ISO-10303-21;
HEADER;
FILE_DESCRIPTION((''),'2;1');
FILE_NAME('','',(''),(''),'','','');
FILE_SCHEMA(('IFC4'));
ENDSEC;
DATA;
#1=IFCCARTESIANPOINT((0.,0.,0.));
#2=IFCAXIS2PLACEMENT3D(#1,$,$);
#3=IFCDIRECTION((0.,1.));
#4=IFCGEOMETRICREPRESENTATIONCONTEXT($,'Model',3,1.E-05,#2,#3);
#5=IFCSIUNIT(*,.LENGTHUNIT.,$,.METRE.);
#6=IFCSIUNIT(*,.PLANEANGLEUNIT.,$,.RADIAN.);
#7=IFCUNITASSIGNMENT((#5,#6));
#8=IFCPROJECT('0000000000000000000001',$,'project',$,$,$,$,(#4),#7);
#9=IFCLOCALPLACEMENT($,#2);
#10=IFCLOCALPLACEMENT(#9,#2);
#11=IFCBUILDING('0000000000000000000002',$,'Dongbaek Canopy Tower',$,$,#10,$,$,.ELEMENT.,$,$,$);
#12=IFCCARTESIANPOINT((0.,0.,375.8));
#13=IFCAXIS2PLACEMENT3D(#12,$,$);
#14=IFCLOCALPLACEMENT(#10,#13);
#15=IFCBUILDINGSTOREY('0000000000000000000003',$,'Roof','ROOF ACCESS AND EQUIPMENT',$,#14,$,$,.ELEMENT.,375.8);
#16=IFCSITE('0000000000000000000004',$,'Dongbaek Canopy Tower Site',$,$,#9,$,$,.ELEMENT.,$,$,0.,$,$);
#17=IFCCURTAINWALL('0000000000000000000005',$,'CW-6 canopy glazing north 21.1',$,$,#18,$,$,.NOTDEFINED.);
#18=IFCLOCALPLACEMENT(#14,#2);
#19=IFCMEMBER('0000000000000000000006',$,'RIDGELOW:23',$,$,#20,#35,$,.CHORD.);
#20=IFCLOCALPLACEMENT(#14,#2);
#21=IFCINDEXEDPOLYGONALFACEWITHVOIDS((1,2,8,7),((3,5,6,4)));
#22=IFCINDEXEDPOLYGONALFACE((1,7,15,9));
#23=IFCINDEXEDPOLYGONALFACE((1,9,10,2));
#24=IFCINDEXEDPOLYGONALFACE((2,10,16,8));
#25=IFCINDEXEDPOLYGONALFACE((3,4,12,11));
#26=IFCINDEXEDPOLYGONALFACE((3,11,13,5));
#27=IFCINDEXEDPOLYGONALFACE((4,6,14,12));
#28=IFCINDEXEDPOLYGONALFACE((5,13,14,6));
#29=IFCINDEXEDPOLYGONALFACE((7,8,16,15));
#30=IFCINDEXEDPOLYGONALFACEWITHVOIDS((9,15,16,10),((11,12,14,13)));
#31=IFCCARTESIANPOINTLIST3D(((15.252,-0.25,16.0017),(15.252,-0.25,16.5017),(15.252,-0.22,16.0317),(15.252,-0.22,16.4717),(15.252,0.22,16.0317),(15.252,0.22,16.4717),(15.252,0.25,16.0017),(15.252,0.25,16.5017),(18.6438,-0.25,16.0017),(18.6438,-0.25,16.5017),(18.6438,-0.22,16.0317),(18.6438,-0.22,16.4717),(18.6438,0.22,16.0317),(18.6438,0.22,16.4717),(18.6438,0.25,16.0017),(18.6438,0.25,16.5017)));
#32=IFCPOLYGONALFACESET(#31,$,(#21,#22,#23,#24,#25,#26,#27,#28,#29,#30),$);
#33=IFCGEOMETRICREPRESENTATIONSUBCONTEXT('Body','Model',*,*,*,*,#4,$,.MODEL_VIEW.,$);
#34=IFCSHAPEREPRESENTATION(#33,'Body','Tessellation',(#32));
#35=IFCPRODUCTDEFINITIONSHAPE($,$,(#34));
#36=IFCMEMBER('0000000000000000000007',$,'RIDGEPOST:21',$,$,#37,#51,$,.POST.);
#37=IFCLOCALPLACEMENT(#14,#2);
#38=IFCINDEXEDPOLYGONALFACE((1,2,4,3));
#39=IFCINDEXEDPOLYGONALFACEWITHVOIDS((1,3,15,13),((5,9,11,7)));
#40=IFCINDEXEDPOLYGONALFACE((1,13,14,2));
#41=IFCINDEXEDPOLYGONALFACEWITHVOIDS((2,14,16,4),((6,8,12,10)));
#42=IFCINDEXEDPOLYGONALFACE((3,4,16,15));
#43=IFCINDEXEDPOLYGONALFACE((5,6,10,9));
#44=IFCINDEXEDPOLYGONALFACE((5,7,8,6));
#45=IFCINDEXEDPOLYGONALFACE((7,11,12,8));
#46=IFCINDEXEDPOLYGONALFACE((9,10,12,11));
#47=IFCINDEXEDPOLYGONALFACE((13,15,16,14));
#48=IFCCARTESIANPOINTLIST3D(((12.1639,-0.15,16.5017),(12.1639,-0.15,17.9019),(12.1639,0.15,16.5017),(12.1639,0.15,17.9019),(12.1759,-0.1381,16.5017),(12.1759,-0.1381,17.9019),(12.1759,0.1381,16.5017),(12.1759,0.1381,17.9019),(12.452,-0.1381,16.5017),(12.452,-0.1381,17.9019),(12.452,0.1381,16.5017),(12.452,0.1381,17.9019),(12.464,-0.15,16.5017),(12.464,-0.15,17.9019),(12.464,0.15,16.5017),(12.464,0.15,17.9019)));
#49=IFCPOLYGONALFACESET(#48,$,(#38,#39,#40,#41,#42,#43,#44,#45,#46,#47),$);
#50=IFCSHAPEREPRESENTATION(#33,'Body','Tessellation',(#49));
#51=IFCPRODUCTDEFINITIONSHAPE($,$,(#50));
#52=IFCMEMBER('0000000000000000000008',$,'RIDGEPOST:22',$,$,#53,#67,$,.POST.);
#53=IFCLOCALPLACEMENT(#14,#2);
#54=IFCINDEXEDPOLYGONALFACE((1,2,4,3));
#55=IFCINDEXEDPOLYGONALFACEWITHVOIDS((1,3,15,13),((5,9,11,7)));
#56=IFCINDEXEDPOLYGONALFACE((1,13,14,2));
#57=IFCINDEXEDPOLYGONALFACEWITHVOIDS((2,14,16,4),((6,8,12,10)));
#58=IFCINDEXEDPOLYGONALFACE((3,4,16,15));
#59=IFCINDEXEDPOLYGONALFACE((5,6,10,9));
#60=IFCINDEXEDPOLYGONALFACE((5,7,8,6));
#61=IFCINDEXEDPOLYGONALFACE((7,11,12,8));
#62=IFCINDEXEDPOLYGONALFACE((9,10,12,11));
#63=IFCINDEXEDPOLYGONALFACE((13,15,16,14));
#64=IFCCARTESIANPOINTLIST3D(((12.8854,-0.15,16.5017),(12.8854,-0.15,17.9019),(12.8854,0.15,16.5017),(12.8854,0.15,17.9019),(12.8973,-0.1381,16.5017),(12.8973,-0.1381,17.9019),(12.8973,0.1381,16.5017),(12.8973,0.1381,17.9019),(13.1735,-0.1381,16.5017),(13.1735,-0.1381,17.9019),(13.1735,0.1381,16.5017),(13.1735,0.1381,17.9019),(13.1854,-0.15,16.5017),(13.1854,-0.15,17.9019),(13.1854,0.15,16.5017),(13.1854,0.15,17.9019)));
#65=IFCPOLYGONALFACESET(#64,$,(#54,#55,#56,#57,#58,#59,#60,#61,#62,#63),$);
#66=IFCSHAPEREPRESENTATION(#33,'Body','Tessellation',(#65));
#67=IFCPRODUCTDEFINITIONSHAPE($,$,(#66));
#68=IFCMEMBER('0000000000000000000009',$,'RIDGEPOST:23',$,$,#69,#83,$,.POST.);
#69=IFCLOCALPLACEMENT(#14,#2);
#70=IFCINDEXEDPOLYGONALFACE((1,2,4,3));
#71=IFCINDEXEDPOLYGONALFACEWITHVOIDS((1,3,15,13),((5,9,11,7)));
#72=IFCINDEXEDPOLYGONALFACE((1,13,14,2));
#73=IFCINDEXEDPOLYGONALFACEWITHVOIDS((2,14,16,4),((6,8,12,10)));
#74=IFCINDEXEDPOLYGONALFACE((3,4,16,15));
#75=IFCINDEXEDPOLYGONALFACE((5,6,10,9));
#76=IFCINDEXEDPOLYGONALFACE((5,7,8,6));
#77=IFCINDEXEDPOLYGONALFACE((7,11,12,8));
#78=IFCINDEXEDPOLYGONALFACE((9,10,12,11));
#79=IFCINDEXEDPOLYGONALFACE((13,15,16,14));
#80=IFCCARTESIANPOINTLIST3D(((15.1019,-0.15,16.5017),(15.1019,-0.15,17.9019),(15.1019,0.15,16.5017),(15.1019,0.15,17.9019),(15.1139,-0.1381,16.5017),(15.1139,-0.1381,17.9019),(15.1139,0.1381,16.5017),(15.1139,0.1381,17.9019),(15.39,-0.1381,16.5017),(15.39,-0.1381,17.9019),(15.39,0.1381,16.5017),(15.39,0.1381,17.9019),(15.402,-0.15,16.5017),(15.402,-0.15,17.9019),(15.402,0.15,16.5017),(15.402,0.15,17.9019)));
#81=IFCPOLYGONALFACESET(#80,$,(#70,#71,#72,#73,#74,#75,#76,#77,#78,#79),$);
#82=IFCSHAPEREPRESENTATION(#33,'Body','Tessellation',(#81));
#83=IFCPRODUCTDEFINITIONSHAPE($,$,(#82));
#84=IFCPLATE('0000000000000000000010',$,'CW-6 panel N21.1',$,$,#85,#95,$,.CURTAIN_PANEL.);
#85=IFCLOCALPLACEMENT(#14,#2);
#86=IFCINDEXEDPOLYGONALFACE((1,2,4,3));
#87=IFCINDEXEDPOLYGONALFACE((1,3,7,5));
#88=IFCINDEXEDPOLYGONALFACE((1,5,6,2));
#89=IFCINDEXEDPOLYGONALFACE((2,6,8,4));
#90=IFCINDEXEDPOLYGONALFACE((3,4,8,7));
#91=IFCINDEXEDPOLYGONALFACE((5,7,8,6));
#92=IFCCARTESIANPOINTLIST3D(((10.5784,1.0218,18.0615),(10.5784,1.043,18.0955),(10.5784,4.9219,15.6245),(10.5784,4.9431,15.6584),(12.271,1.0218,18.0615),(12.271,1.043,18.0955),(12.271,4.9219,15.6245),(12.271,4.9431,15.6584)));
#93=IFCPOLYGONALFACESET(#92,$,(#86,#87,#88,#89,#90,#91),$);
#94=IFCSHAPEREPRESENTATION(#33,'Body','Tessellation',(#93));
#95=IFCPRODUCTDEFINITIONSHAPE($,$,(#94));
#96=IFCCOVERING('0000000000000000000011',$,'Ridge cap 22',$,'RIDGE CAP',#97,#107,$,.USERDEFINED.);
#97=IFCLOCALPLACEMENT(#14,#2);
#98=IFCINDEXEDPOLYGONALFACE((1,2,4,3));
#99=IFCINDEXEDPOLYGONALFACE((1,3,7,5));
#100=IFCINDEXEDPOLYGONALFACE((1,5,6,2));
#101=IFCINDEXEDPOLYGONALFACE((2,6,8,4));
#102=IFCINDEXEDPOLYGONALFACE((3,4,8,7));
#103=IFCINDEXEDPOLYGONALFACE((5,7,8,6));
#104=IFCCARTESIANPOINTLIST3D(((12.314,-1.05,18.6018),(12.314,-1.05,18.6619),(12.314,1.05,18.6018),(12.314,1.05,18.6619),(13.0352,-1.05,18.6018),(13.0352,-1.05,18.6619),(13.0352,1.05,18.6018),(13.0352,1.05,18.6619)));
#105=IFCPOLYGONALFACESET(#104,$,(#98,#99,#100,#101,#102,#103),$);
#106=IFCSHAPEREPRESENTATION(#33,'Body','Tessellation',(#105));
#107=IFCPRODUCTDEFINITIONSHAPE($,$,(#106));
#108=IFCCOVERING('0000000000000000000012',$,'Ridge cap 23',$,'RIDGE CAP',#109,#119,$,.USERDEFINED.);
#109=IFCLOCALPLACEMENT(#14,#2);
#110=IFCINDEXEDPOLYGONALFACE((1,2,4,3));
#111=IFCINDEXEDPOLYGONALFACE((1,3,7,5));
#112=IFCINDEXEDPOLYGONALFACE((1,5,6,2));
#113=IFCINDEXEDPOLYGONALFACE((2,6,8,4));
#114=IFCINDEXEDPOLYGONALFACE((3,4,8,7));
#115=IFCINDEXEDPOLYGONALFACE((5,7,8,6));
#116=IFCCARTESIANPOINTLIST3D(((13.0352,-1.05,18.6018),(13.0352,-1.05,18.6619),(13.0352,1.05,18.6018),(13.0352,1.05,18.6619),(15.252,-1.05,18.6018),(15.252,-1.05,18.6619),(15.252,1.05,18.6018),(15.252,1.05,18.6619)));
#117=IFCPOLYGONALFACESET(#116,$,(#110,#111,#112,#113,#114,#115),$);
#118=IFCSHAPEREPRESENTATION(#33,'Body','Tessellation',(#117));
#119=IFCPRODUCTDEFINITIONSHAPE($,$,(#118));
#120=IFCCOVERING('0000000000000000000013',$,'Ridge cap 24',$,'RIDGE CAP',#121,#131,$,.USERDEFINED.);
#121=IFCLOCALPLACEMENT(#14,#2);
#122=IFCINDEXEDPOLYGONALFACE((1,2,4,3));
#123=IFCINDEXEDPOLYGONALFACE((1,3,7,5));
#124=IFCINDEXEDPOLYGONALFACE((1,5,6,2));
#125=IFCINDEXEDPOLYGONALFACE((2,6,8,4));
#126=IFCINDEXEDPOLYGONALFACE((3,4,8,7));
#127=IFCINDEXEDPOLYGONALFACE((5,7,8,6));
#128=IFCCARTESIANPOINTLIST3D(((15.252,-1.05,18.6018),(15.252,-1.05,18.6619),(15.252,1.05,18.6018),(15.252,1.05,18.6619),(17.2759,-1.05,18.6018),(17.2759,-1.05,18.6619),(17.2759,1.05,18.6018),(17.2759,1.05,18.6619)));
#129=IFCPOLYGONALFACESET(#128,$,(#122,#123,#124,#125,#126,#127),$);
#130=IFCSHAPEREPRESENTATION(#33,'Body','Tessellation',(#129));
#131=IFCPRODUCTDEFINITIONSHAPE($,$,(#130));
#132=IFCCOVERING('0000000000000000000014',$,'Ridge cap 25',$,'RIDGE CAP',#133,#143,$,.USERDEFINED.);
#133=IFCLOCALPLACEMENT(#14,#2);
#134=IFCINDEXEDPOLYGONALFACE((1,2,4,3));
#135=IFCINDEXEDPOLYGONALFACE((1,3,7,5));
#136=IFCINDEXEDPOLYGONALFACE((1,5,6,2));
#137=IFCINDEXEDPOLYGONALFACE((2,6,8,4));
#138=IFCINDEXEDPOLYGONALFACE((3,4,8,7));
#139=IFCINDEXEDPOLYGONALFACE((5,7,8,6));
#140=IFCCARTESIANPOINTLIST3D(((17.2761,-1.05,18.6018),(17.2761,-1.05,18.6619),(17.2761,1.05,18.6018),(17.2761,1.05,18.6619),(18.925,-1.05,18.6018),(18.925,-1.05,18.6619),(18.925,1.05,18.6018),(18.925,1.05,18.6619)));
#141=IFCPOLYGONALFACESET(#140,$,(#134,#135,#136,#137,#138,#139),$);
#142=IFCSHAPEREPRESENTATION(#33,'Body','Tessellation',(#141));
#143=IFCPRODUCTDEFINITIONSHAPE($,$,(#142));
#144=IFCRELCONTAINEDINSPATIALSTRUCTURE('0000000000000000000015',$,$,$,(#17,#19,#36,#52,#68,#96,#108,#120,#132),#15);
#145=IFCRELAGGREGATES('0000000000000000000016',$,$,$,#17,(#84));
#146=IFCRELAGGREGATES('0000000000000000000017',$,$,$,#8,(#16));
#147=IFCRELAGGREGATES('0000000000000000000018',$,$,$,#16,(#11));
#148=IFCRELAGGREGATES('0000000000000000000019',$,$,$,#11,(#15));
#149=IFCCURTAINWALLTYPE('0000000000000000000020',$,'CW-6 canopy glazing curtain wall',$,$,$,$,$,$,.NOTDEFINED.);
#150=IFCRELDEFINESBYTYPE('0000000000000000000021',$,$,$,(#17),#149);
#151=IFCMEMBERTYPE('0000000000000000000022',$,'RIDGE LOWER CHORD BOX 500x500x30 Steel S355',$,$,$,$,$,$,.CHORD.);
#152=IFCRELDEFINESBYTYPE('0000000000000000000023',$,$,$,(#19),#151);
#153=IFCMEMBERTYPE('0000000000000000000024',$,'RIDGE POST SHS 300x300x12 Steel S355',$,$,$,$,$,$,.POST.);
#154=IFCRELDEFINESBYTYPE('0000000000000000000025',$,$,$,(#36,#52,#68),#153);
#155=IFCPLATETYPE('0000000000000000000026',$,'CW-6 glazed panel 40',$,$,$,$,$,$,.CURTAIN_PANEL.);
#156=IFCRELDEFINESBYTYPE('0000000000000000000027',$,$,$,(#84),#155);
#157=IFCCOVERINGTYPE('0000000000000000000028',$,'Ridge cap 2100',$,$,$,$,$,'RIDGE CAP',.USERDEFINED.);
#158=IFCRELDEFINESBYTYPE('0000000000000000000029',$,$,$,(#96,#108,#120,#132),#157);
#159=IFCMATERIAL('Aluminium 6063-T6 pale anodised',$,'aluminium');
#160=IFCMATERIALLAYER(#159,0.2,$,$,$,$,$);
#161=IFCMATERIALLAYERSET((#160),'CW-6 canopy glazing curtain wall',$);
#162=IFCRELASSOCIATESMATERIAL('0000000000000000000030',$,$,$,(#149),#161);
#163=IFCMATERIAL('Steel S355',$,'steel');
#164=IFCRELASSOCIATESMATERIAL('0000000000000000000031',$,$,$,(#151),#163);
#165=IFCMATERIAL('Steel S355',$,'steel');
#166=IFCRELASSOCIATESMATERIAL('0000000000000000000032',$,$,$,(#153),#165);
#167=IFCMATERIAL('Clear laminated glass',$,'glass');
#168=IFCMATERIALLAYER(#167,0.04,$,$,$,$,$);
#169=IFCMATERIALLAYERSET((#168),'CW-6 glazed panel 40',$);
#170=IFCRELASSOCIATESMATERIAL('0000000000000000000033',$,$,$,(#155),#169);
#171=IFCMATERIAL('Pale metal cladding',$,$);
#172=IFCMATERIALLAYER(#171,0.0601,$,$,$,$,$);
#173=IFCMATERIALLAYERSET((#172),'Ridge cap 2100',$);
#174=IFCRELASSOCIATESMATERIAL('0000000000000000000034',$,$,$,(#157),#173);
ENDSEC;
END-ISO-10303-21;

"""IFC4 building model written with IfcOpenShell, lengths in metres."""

from ifc_helpers import new_model, si_unit, direction, frame, origin, origin_2d, place, context, subcontext, project, spatial, polyline, rectangle, hollow_rectangle, outline, extrude, material, layer, layer_set, material_profile, profile_set, type_object, element, aggregate, save


model = new_model("IFC4")

# Units and contexts
model_context = context("Model", 3, precision=1e-05, world=origin(), true_north=direction((0.0, 1.0)))
body_context = subcontext(model_context, "Body", "Model", "MODEL_VIEW")
ifc_project = project(units=[si_unit("LENGTHUNIT", "METRE"), si_unit("PLANEANGLEUNIT", "RADIAN")], contexts=[model_context])

# Site, building, storey
site_placement = place(None, origin())
site = spatial("IfcSite", under=ifc_project, at=site_placement, Name="Dongbaek Canopy Tower Site", CompositionType="ELEMENT", RefElevation=0.0)
building_placement = place(site_placement, origin())
building = spatial("IfcBuilding", under=site, at=building_placement, Name="Dongbaek Canopy Tower", CompositionType="ELEMENT")
storey_placement = place(building_placement, frame((0.0, 0.0, 375.8)))
storey = spatial("IfcBuildingStorey", under=building, at=storey_placement, Name="Roof", Description="ROOF ACCESS AND EQUIPMENT", CompositionType="ELEMENT", Elevation=375.8)

# Curtain wall
ifc_material_1 = material(Name="Aluminium 6063-T6 pale anodised", Category="aluminium")
ifc_layer_1 = layer(ifc_material_1, 0.2)
ifc_layer_set_1 = layer_set([ifc_layer_1], Name="CW-6 canopy glazing curtain wall")
curtain_wall_type = type_object("IfcCurtainWallType", Name="CW-6 canopy glazing curtain wall", PredefinedType="NOTDEFINED", material=ifc_layer_set_1)
curtain_wall_1_placement = place(storey_placement, origin())
curtain_wall_1 = element("IfcCurtainWall", 1, at=curtain_wall_1_placement, inside=storey, type_object=curtain_wall_type, Name="CW-6 canopy glazing north 21.1", PredefinedType="NOTDEFINED")

# Members
ifc_material_2 = material(Name="Steel S355", Category="steel")
ifc_material_profile_1 = material_profile(ifc_material_2, hollow_rectangle(XDim=0.5, YDim=0.5, WallThickness=0.03, at=origin_2d()), Name="RIDGE LOWER CHORD BOX 500x500x30 Steel S355")
ifc_profile_set_1 = profile_set([ifc_material_profile_1], Name="Steel S355")
member_type_1 = type_object("IfcMemberType", Name="RIDGE LOWER CHORD BOX 500x500x30 Steel S355", PredefinedType="CHORD", material=ifc_profile_set_1)
member_1_placement = place(storey_placement, frame((15.252, 0.0, 16.2517), z_axis=(1.0, 0.0, 0.0), x_axis=(0.0, 1.0, 0.0)))
element("IfcMember", 2, at=member_1_placement, inside=storey, type_object=member_type_1, Name="RIDGELOW:23", PredefinedType="CHORD", context=body_context, shape_type="SweptSolid", body=[
    extrude(hollow_rectangle(XDim=0.5, YDim=0.5, WallThickness=0.03, at=origin_2d()), origin(), (0.0, 0.0, 1.0), 3.3918),
])
ifc_material_3 = material(Name="Steel S355", Category="steel")
ifc_material_profile_2 = material_profile(ifc_material_3, hollow_rectangle(XDim=0.3, YDim=0.3, WallThickness=0.012, at=origin_2d()), Name="RIDGE POST SHS 300x300x12 Steel S355")
ifc_profile_set_2 = profile_set([ifc_material_profile_2], Name="Steel S355")
member_type_2 = type_object("IfcMemberType", Name="RIDGE POST SHS 300x300x12 Steel S355", PredefinedType="POST", material=ifc_profile_set_2)
for number, where, z_axis, x_axis, name in (
    (3, (12.314, 0.0, 16.5017), (0.0, 0.0, 1.0), (1.0, 0.0, 0.0), "RIDGEPOST:21"),
    (4, (13.0354, 0.0, 16.5017), (0.0, 0.0, 1.0), (1.0, 0.0, 0.0), "RIDGEPOST:22"),
    (5, (15.252, 0.0, 16.5017), (0.0, 0.0, 1.0), (1.0, 0.0, 0.0), "RIDGEPOST:23"),
):
    element("IfcMember", number, at=place(storey_placement, frame(where, z_axis=z_axis, x_axis=x_axis)), inside=storey, type_object=member_type_2, Name=name, PredefinedType="POST", context=body_context, shape_type="SweptSolid", body=[
        extrude(hollow_rectangle(XDim=0.3, YDim=0.3, WallThickness=0.012, at=origin_2d()), origin(), (0.0, 0.0, 1.0), 1.4001),
    ])

# Plate
ifc_material_4 = material(Name="Clear laminated glass", Category="glass")
ifc_layer_2 = layer(ifc_material_4, 0.04)
ifc_layer_set_2 = layer_set([ifc_layer_2], Name="CW-6 glazed panel 40")
plate_type = type_object("IfcPlateType", Name="CW-6 glazed panel 40", PredefinedType="CURTAIN_PANEL", material=ifc_layer_set_2)
plate_placement = place(storey_placement, frame((12.271, 1.043, 18.0955), z_axis=(0.0, 0.529908, 0.848055), x_axis=(-1.0, 0.0, 0.0)))
plate = element("IfcPlate", 6, at=plate_placement, type_object=plate_type, Name="CW-6 panel N21.1", PredefinedType="CURTAIN_PANEL", context=body_context, shape_type="SweptSolid", body=[
    extrude(outline(polyline([(0.0, 0.0), (1.6926, 0.0), (1.6926, -4.5989), (0.0, -4.5989), (0.0, 0.0)])), origin(), (0.0, 0.0, -1.0), 0.04),
])
aggregate(curtain_wall_1, [plate])

# Coverings
ifc_material_5 = material(Name="Pale metal cladding")
ifc_layer_3 = layer(ifc_material_5, 0.0601)
ifc_layer_set_3 = layer_set([ifc_layer_3], Name="Ridge cap 2100")
covering_type = type_object("IfcCoveringType", Name="Ridge cap 2100", ElementType="RIDGE CAP", PredefinedType="USERDEFINED", material=ifc_layer_set_3)
covering_1_placement = place(storey_placement, frame((12.6746, 0.0, 18.6018), z_axis=(0.0, 0.0, 1.0), x_axis=(1.0, 0.0, 0.0)))
element("IfcCovering", 7, at=covering_1_placement, inside=storey, type_object=covering_type, Name="Ridge cap 22", ObjectType="RIDGE CAP", PredefinedType="USERDEFINED", context=body_context, shape_type="SweptSolid", body=[
    extrude(rectangle(XDim=0.7212, YDim=2.1001, at=origin_2d()), origin(), (0.0, 0.0, 1.0), 0.0601),
])
covering_2_placement = place(storey_placement, frame((14.1436, 0.0, 18.6018), z_axis=(0.0, 0.0, 1.0), x_axis=(1.0, 0.0, 0.0)))
element("IfcCovering", 8, at=covering_2_placement, inside=storey, type_object=covering_type, Name="Ridge cap 23", ObjectType="RIDGE CAP", PredefinedType="USERDEFINED", context=body_context, shape_type="SweptSolid", body=[
    extrude(rectangle(XDim=2.2168, YDim=2.1001, at=origin_2d()), origin(), (0.0, 0.0, 1.0), 0.0601),
])
covering_3_placement = place(storey_placement, frame((16.2639, 0.0, 18.6018), z_axis=(0.0, 0.0, 1.0), x_axis=(1.0, 0.0, 0.0)))
element("IfcCovering", 9, at=covering_3_placement, inside=storey, type_object=covering_type, Name="Ridge cap 24", ObjectType="RIDGE CAP", PredefinedType="USERDEFINED", context=body_context, shape_type="SweptSolid", body=[
    extrude(rectangle(XDim=2.0239, YDim=2.1001, at=origin_2d()), origin(), (0.0, 0.0, 1.0), 0.0601),
])
covering_4_placement = place(storey_placement, frame((18.1006, 0.0, 18.6018), z_axis=(0.0, 0.0, 1.0), x_axis=(1.0, 0.0, 0.0)))
element("IfcCovering", 10, at=covering_4_placement, inside=storey, type_object=covering_type, Name="Ridge cap 25", ObjectType="RIDGE CAP", PredefinedType="USERDEFINED", context=body_context, shape_type="SweptSolid", body=[
    extrude(rectangle(XDim=1.6489, YDim=2.1001, at=origin_2d()), origin(), (0.0, 0.0, 1.0), 0.0601),
])

save(model, "model.ifc")
